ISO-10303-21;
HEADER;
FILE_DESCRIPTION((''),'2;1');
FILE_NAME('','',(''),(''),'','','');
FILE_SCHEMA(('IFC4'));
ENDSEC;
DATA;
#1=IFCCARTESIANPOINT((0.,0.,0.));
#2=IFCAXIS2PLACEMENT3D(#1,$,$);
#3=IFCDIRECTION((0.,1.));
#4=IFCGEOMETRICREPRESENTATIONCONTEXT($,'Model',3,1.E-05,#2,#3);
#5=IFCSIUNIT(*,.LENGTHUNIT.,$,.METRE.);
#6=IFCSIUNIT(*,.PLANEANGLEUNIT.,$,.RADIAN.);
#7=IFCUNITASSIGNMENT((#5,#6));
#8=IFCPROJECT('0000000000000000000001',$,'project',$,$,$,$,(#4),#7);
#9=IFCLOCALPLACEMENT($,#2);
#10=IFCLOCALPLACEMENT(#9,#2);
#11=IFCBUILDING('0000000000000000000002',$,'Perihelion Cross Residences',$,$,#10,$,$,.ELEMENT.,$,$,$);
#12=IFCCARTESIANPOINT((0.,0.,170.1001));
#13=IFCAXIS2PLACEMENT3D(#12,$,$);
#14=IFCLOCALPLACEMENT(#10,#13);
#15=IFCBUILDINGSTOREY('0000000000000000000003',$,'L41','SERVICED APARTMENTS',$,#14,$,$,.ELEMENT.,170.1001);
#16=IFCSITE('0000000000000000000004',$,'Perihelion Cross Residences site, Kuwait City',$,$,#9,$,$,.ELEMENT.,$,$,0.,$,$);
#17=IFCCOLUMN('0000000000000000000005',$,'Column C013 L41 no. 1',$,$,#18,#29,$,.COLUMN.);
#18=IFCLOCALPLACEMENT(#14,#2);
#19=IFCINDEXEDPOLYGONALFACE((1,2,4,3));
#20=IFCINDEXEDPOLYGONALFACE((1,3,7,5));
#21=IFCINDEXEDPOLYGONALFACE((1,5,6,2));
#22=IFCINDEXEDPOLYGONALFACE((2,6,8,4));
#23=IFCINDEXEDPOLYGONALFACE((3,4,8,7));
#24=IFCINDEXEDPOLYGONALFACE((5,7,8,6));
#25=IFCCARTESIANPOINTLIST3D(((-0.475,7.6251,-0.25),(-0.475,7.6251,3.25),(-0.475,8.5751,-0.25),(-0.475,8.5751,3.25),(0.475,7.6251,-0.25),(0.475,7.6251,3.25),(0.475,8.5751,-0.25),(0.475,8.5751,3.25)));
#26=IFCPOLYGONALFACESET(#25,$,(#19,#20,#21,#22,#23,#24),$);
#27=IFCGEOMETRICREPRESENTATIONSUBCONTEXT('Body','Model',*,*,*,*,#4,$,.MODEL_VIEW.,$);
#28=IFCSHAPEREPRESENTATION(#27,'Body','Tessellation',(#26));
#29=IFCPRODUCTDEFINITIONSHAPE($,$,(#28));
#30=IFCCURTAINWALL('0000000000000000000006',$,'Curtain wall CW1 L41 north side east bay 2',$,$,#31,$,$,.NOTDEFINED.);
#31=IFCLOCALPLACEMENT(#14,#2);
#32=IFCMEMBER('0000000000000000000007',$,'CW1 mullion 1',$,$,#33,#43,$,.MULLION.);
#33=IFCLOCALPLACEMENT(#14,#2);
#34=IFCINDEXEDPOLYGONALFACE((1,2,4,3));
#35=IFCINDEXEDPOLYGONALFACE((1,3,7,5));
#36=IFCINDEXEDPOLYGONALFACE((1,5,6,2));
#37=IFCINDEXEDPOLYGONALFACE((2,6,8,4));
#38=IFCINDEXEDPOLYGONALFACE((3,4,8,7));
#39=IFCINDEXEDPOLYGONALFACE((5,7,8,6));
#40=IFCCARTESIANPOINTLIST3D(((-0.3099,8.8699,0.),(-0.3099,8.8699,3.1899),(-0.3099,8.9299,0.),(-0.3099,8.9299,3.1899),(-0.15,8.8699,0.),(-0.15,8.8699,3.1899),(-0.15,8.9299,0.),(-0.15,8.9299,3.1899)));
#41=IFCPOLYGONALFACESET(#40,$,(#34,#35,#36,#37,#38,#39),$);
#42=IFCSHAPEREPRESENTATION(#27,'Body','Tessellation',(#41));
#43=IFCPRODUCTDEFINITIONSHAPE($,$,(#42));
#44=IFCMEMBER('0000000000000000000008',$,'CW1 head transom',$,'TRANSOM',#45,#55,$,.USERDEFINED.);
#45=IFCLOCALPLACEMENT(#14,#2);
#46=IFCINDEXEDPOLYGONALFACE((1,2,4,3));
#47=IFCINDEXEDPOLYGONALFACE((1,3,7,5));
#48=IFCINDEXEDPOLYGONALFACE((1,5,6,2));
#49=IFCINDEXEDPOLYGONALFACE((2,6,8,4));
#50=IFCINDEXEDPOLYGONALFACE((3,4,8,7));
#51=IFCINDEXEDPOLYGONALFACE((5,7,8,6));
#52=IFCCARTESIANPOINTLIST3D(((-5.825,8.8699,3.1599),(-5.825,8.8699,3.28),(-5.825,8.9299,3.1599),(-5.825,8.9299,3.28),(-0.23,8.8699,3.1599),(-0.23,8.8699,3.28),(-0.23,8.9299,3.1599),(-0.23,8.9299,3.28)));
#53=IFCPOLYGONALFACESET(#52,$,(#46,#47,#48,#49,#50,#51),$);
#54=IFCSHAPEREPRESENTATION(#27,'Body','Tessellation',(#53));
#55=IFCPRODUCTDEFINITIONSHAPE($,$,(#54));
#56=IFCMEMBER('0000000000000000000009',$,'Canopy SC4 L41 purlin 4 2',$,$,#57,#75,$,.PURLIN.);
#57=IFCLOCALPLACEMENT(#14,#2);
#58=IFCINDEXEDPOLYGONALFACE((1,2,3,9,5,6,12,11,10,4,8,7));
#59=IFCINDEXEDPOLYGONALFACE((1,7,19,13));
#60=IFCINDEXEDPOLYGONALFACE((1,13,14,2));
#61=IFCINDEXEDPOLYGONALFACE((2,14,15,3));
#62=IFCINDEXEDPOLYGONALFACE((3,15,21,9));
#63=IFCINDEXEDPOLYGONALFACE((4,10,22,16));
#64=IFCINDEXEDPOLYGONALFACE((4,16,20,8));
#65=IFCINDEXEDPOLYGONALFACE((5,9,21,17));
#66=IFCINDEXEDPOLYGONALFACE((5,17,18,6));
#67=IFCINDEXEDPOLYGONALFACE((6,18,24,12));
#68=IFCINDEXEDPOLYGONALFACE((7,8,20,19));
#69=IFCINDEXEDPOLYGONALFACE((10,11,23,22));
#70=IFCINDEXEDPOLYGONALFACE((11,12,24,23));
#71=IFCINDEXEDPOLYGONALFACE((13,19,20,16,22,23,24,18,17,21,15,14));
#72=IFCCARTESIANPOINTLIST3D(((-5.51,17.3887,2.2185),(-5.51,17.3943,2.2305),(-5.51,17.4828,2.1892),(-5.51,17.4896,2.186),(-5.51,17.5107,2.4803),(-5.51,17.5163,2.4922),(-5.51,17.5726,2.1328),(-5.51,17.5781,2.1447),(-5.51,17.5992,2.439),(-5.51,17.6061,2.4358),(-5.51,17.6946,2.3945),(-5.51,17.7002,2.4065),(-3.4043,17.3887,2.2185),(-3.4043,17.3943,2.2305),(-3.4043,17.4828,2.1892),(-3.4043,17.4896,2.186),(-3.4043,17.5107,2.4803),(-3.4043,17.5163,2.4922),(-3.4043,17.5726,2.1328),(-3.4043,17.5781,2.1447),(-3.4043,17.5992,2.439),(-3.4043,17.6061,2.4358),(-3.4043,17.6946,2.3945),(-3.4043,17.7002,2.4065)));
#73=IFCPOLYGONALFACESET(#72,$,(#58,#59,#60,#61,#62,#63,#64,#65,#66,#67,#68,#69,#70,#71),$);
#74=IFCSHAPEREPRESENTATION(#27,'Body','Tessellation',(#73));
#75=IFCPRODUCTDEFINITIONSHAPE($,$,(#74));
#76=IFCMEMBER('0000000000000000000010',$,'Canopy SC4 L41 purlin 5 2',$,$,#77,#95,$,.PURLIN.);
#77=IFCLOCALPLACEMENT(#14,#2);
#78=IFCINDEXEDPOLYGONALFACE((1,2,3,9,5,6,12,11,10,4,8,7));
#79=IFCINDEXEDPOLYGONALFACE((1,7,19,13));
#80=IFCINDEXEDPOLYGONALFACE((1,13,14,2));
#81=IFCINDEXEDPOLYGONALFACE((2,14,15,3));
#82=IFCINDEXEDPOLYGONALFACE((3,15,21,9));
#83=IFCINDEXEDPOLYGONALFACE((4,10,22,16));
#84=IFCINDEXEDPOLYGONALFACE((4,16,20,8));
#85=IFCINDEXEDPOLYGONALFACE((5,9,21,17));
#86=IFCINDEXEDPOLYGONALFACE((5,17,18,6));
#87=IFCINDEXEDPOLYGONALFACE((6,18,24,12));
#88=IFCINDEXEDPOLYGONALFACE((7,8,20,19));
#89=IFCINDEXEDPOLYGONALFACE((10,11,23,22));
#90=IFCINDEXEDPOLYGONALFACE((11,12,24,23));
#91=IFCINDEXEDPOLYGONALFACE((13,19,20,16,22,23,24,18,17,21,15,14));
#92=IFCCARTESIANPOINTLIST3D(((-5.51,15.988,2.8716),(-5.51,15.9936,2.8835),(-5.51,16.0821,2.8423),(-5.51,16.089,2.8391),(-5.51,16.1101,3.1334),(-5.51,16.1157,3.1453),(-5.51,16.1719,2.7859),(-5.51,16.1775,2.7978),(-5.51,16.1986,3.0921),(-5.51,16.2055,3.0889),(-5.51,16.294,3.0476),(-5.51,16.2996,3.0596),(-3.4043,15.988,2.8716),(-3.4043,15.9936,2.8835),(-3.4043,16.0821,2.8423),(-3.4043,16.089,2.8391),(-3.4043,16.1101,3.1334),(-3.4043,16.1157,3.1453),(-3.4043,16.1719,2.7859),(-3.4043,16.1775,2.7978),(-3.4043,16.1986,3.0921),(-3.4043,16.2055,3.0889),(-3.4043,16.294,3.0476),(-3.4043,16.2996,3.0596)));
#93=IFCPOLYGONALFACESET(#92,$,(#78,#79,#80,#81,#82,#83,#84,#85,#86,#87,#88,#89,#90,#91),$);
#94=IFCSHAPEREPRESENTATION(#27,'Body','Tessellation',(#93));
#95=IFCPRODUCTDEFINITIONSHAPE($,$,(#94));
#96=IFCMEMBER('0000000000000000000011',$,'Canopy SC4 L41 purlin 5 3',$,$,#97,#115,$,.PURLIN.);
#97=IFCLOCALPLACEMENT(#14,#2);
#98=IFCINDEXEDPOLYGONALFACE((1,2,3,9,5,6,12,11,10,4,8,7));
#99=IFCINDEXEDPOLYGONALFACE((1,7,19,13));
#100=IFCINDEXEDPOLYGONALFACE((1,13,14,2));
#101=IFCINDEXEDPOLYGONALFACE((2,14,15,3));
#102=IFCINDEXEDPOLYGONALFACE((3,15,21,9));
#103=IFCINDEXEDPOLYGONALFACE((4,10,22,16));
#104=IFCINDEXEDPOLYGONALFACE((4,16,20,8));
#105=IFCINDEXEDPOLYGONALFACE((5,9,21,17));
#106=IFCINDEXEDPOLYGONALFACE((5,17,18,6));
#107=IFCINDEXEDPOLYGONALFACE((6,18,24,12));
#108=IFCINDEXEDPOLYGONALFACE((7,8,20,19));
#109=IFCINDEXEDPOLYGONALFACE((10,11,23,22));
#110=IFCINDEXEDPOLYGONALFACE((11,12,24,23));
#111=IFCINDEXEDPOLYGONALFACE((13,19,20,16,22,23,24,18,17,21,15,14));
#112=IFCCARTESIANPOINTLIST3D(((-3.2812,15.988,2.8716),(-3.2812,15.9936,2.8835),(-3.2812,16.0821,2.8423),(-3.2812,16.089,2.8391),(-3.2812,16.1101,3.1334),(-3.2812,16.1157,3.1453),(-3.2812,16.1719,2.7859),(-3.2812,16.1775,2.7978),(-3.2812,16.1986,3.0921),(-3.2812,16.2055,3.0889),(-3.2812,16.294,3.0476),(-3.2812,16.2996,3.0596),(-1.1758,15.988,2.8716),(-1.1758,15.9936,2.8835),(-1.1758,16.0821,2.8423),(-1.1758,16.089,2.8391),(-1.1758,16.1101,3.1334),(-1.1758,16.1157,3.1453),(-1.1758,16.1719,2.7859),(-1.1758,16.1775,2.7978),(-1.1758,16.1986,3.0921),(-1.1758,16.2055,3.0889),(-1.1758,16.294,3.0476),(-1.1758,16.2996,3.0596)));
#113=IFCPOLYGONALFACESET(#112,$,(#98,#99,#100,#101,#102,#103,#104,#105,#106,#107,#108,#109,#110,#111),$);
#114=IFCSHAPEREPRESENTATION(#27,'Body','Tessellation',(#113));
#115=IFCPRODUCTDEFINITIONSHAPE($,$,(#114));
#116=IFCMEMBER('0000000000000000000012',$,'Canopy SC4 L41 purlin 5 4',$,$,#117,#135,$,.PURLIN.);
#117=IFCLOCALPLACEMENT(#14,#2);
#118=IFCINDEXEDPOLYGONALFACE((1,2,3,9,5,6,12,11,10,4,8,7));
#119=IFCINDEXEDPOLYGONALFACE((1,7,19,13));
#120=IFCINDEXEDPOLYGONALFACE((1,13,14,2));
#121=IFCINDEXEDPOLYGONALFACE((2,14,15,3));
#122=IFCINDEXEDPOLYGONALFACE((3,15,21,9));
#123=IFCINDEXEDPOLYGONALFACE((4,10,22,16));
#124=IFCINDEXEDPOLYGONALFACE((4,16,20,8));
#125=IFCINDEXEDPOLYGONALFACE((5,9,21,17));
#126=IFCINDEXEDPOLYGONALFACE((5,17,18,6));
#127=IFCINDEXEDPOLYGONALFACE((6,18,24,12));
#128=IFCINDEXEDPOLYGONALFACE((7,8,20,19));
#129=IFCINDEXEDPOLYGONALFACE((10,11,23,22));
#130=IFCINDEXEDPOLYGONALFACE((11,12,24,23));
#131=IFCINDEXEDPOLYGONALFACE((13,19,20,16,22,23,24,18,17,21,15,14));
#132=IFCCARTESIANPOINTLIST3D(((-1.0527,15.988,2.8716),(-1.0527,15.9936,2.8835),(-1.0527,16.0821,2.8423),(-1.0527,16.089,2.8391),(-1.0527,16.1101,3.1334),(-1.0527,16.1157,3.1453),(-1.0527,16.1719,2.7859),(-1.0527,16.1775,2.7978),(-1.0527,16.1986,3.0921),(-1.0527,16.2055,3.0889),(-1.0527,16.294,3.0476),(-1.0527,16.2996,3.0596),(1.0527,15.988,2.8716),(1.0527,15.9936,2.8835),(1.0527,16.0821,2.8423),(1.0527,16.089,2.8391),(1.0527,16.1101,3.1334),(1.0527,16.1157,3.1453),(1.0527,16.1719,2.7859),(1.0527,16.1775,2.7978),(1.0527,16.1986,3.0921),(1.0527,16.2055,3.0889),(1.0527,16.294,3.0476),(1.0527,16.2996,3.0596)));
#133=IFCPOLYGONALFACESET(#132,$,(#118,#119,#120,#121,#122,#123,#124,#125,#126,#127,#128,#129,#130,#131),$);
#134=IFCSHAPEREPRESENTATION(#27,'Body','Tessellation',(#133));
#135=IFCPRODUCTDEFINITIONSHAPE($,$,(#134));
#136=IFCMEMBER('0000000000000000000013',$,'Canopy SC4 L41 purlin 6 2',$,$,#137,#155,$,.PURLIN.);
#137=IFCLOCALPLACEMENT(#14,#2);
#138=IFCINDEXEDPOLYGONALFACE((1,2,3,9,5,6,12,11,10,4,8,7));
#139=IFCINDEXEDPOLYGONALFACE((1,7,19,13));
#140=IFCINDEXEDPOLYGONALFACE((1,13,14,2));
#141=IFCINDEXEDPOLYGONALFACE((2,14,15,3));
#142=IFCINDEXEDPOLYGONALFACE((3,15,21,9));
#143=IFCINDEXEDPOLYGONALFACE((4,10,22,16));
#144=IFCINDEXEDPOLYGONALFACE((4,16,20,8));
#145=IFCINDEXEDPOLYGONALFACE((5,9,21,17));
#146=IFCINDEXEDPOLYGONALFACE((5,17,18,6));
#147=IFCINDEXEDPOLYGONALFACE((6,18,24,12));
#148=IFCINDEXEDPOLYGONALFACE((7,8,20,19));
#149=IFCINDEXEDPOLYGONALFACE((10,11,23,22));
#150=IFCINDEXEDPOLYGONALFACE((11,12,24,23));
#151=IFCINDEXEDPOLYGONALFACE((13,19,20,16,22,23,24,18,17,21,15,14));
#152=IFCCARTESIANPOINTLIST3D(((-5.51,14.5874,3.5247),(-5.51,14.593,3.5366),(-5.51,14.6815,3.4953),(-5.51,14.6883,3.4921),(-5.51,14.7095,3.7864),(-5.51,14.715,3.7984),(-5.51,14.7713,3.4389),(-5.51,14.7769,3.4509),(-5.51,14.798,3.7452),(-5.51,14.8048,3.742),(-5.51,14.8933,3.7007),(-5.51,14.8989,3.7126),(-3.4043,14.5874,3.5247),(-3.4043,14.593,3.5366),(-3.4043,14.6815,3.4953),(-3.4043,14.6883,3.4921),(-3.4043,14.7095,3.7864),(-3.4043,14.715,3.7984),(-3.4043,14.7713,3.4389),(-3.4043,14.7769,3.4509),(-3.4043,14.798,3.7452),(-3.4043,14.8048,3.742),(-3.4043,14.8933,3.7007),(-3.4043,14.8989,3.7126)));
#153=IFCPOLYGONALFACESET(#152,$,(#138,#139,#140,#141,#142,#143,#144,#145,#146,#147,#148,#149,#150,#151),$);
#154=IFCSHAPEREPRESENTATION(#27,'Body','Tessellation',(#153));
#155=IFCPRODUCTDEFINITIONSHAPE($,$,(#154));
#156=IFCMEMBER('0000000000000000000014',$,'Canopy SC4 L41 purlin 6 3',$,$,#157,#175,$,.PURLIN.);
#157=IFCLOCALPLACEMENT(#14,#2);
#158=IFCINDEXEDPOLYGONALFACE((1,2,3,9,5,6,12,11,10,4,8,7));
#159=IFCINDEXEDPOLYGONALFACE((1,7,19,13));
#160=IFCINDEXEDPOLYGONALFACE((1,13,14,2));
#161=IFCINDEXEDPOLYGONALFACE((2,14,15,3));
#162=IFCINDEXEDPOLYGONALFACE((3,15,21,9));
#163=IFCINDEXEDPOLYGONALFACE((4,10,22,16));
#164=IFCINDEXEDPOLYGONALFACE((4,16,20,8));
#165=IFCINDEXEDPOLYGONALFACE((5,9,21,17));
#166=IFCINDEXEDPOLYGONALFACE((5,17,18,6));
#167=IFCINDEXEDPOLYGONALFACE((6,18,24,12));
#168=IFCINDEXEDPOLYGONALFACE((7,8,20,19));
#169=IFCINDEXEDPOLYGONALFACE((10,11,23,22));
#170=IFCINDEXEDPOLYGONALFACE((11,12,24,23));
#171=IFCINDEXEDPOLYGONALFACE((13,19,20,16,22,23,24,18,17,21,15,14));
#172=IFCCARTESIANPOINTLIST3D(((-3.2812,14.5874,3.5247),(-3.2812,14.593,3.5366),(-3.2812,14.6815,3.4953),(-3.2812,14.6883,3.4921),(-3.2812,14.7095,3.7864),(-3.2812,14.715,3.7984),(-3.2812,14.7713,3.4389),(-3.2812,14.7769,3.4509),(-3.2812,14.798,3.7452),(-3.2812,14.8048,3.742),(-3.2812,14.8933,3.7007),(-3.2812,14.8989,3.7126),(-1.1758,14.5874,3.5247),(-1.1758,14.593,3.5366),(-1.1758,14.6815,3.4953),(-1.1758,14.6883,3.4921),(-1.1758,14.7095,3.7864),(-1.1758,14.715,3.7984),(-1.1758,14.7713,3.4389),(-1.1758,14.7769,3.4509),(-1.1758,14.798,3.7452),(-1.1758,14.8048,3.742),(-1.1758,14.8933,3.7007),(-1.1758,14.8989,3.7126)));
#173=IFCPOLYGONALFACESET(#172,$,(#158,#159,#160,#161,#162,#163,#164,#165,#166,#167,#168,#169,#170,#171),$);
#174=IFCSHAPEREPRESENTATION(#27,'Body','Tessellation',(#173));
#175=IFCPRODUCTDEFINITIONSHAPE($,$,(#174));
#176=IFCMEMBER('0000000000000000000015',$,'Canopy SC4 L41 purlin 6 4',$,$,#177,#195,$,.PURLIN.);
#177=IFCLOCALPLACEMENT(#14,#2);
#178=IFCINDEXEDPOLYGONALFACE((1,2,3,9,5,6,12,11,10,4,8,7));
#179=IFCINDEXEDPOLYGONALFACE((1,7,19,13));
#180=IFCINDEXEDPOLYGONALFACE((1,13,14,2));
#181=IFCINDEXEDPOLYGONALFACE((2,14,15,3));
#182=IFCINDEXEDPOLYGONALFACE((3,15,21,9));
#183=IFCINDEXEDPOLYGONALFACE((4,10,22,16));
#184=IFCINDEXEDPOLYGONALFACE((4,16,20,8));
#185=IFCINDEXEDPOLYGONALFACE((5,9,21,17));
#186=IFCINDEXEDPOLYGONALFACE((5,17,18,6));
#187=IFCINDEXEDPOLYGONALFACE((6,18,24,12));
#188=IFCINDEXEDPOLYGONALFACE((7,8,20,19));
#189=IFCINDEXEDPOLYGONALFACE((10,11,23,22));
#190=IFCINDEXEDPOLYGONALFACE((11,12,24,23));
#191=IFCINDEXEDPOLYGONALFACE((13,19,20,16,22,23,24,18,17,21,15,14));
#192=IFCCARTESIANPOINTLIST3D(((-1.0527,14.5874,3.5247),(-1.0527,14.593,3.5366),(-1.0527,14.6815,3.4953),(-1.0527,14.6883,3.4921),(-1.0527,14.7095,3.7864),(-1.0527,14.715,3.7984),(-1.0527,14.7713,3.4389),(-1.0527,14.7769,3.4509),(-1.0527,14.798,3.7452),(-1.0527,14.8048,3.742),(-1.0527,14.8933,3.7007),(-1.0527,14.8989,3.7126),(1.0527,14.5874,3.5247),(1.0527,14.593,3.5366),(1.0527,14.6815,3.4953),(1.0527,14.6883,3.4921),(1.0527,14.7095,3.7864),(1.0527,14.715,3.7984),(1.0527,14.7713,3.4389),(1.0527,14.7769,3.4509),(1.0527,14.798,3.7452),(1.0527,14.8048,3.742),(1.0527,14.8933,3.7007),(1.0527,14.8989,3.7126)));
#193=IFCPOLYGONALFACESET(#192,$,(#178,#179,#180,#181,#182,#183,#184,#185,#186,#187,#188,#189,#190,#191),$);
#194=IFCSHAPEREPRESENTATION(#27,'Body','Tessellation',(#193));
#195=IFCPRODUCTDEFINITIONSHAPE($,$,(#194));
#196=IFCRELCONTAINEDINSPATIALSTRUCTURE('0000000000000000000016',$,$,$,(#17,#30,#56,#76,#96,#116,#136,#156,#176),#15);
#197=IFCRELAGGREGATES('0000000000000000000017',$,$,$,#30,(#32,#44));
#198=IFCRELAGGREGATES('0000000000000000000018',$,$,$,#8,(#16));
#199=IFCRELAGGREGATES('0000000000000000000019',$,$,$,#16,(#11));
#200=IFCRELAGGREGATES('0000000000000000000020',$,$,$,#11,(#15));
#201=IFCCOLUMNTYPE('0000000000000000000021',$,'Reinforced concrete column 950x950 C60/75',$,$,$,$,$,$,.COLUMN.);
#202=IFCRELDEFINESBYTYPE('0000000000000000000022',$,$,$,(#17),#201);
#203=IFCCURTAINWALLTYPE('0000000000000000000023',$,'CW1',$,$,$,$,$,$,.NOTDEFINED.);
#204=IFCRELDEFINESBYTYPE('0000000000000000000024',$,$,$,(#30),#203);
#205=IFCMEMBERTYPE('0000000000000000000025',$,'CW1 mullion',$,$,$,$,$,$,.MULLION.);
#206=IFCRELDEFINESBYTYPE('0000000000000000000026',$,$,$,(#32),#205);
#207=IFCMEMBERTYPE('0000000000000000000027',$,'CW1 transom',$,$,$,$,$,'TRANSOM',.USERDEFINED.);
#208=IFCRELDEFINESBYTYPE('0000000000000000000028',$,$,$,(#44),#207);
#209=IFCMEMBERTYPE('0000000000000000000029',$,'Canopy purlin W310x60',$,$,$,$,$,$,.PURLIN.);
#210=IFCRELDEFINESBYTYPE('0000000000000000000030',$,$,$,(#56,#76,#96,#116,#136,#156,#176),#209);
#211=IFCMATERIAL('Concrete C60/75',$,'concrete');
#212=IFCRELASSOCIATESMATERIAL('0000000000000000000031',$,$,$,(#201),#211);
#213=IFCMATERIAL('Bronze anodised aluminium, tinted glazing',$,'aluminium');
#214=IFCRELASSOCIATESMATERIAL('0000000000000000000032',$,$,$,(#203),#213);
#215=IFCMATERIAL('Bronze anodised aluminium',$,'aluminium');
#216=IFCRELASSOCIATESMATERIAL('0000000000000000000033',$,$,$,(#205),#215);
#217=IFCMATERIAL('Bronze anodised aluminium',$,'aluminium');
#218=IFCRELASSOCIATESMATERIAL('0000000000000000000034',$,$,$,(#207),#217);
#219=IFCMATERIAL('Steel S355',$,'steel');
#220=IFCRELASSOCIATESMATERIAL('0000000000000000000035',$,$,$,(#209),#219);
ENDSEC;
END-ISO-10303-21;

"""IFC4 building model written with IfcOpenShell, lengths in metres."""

from ifc_helpers import new_model, si_unit, direction, frame, origin, origin_2d, place, context, subcontext, project, spatial, rectangle, i_section, extrude, material, material_profile, profile_set, type_object, element, aggregate, save


model = new_model("IFC4")

# Units and contexts
model_context = context("Model", 3, precision=1e-05, world=origin(), true_north=direction((0.0, 1.0)))
body_context = subcontext(model_context, "Body", "Model", "MODEL_VIEW")
ifc_project = project(units=[si_unit("LENGTHUNIT", "METRE"), si_unit("PLANEANGLEUNIT", "RADIAN")], contexts=[model_context])

# Site, building, storey
site_placement = place(None, origin())
site = spatial("IfcSite", under=ifc_project, at=site_placement, Name="Perihelion Cross Residences site, Kuwait City", CompositionType="ELEMENT", RefElevation=0.0)
building_placement = place(site_placement, origin())
building = spatial("IfcBuilding", under=site, at=building_placement, Name="Perihelion Cross Residences", CompositionType="ELEMENT")
storey_placement = place(building_placement, frame((0.0, 0.0, 170.1001)))
storey = spatial("IfcBuildingStorey", under=building, at=storey_placement, Name="L41", Description="SERVICED APARTMENTS", CompositionType="ELEMENT", Elevation=170.1001)

# Column
ifc_material_1 = material(Name="Concrete C60/75", Category="concrete")
ifc_material_profile_1 = material_profile(ifc_material_1, rectangle(XDim=0.95, YDim=0.95, at=origin_2d()), Name="RC 950x950")
ifc_profile_set_1 = profile_set([ifc_material_profile_1], Name="Concrete C60/75")
column_type = type_object("IfcColumnType", Name="Reinforced concrete column 950x950 C60/75", PredefinedType="COLUMN", material=ifc_profile_set_1)
column_placement = place(storey_placement, frame((0.0, 8.1001, -0.25), z_axis=(0.0, 0.0, 1.0), x_axis=(1.0, 0.0, 0.0)))
element("IfcColumn", 1, at=column_placement, inside=storey, type_object=column_type, Name="Column C013 L41 no. 1", PredefinedType="COLUMN", context=body_context, shape_type="SweptSolid", body=[
    extrude(rectangle(XDim=0.95, YDim=0.95, at=origin_2d()), origin(), (0.0, 0.0, 1.0), 3.5),
])

# Curtain wall, members
ifc_material_2 = material(Name="Bronze anodised aluminium, tinted glazing", Category="aluminium")
curtain_wall_type = type_object("IfcCurtainWallType", Name="CW1", PredefinedType="NOTDEFINED", material=ifc_material_2)
curtain_wall_placement = place(storey_placement, origin())
curtain_wall = element("IfcCurtainWall", 2, at=curtain_wall_placement, inside=storey, type_object=curtain_wall_type, Name="Curtain wall CW1 L41 north side east bay 2", PredefinedType="NOTDEFINED")
ifc_material_3 = material(Name="Bronze anodised aluminium", Category="aluminium")
ifc_material_profile_2 = material_profile(ifc_material_3, rectangle(XDim=0.0601, YDim=0.1599, at=origin_2d()), Name="CW1 mullion")
ifc_profile_set_2 = profile_set([ifc_material_profile_2], Name="Bronze anodised aluminium")
member_type_1 = type_object("IfcMemberType", Name="CW1 mullion", PredefinedType="MULLION", material=ifc_profile_set_2)
member_1_placement = place(storey_placement, frame((-0.23, 8.8999, 0.0), z_axis=(0.0, 0.0, 1.0), x_axis=(0.0, -1.0, 0.0)))
member_1 = element("IfcMember", 3, at=member_1_placement, type_object=member_type_1, Name="CW1 mullion 1", PredefinedType="MULLION", context=body_context, shape_type="SweptSolid", body=[
    extrude(rectangle(XDim=0.0601, YDim=0.1599, at=origin_2d()), origin(), (0.0, 0.0, 1.0), 3.1899),
])
ifc_material_4 = material(Name="Bronze anodised aluminium", Category="aluminium")
ifc_material_profile_3 = material_profile(ifc_material_4, rectangle(XDim=0.0601, YDim=0.1201, at=origin_2d()), Name="CW1 transom")
ifc_profile_set_3 = profile_set([ifc_material_profile_3], Name="Bronze anodised aluminium")
member_type_2 = type_object("IfcMemberType", Name="CW1 transom", ElementType="TRANSOM", PredefinedType="USERDEFINED", material=ifc_profile_set_3)
member_2_placement = place(storey_placement, frame((-0.23, 8.8999, 3.22), z_axis=(-1.0, 0.0, 0.0), x_axis=(0.0, -1.0, 0.0)))
member_2 = element("IfcMember", 4, at=member_2_placement, type_object=member_type_2, Name="CW1 head transom", ObjectType="TRANSOM", PredefinedType="USERDEFINED", context=body_context, shape_type="SweptSolid", body=[
    extrude(rectangle(XDim=0.0601, YDim=0.1201, at=origin_2d()), origin(), (0.0, 0.0, 1.0), 5.595),
])

# Members
ifc_material_5 = material(Name="Steel S355", Category="steel")
ifc_material_profile_4 = material_profile(ifc_material_5, i_section(OverallWidth=0.2029, OverallDepth=0.302, WebThickness=0.0076, FlangeThickness=0.0132, at=origin_2d()), Name="W310x60")
ifc_profile_set_4 = profile_set([ifc_material_profile_4], Name="Steel S355")
member_type_3 = type_object("IfcMemberType", Name="Canopy purlin W310x60", PredefinedType="PURLIN", material=ifc_profile_set_4)
for number, where, z_axis, x_axis, name in (
    (5, (-5.51, 17.5444, 2.3125), (1.0, 0.0, 0.0), (0.0, 0.906308, -0.422618), "Canopy SC4 L41 purlin 4 2"),
    (6, (-5.51, 16.1438, 2.9656), (1.0, 0.0, 0.0), (0.0, 0.906308, -0.422618), "Canopy SC4 L41 purlin 5 2"),
):
    element("IfcMember", number, at=place(storey_placement, frame(where, z_axis=z_axis, x_axis=x_axis)), inside=storey, type_object=member_type_3, Name=name, PredefinedType="PURLIN", context=body_context, shape_type="SweptSolid", body=[
        extrude(i_section(OverallWidth=0.2029, OverallDepth=0.302, WebThickness=0.0076, FlangeThickness=0.0132, at=origin_2d()), origin(), (0.0, 0.0, 1.0), 2.1057),
    ])
for number, where, z_axis, x_axis, name in (
    (7, (-3.2812, 16.1438, 2.9656), (1.0, 0.0, 0.0), (0.0, 0.906308, -0.422618), "Canopy SC4 L41 purlin 5 3"),
    (8, (-1.0527, 16.1438, 2.9656), (1.0, 0.0, 0.0), (0.0, 0.906308, -0.422618), "Canopy SC4 L41 purlin 5 4"),
):
    element("IfcMember", number, at=place(storey_placement, frame(where, z_axis=z_axis, x_axis=x_axis)), inside=storey, type_object=member_type_3, Name=name, PredefinedType="PURLIN", context=body_context, shape_type="SweptSolid", body=[
        extrude(i_section(OverallWidth=0.2029, OverallDepth=0.302, WebThickness=0.0076, FlangeThickness=0.0132, at=origin_2d()), origin(), (0.0, 0.0, 1.0), 2.1055),
    ])
member_3_placement = place(storey_placement, frame((-5.51, 14.7432, 3.6187), z_axis=(1.0, 0.0, 0.0), x_axis=(0.0, 0.906308, -0.422618)))
element("IfcMember", 9, at=member_3_placement, inside=storey, type_object=member_type_3, Name="Canopy SC4 L41 purlin 6 2", PredefinedType="PURLIN", context=body_context, shape_type="SweptSolid", body=[
    extrude(i_section(OverallWidth=0.2029, OverallDepth=0.302, WebThickness=0.0076, FlangeThickness=0.0132, at=origin_2d()), origin(), (0.0, 0.0, 1.0), 2.1057),
])
for number, where, z_axis, x_axis, name in (
    (10, (-3.2812, 14.7432, 3.6187), (1.0, 0.0, 0.0), (0.0, 0.906308, -0.422618), "Canopy SC4 L41 purlin 6 3"),
    (11, (-1.0527, 14.7432, 3.6187), (1.0, 0.0, 0.0), (0.0, 0.906308, -0.422618), "Canopy SC4 L41 purlin 6 4"),
):
    element("IfcMember", number, at=place(storey_placement, frame(where, z_axis=z_axis, x_axis=x_axis)), inside=storey, type_object=member_type_3, Name=name, PredefinedType="PURLIN", context=body_context, shape_type="SweptSolid", body=[
        extrude(i_section(OverallWidth=0.2029, OverallDepth=0.302, WebThickness=0.0076, FlangeThickness=0.0132, at=origin_2d()), origin(), (0.0, 0.0, 1.0), 2.1055),
    ])

aggregate(curtain_wall, [member_1, member_2])

save(model, "model.ifc")
